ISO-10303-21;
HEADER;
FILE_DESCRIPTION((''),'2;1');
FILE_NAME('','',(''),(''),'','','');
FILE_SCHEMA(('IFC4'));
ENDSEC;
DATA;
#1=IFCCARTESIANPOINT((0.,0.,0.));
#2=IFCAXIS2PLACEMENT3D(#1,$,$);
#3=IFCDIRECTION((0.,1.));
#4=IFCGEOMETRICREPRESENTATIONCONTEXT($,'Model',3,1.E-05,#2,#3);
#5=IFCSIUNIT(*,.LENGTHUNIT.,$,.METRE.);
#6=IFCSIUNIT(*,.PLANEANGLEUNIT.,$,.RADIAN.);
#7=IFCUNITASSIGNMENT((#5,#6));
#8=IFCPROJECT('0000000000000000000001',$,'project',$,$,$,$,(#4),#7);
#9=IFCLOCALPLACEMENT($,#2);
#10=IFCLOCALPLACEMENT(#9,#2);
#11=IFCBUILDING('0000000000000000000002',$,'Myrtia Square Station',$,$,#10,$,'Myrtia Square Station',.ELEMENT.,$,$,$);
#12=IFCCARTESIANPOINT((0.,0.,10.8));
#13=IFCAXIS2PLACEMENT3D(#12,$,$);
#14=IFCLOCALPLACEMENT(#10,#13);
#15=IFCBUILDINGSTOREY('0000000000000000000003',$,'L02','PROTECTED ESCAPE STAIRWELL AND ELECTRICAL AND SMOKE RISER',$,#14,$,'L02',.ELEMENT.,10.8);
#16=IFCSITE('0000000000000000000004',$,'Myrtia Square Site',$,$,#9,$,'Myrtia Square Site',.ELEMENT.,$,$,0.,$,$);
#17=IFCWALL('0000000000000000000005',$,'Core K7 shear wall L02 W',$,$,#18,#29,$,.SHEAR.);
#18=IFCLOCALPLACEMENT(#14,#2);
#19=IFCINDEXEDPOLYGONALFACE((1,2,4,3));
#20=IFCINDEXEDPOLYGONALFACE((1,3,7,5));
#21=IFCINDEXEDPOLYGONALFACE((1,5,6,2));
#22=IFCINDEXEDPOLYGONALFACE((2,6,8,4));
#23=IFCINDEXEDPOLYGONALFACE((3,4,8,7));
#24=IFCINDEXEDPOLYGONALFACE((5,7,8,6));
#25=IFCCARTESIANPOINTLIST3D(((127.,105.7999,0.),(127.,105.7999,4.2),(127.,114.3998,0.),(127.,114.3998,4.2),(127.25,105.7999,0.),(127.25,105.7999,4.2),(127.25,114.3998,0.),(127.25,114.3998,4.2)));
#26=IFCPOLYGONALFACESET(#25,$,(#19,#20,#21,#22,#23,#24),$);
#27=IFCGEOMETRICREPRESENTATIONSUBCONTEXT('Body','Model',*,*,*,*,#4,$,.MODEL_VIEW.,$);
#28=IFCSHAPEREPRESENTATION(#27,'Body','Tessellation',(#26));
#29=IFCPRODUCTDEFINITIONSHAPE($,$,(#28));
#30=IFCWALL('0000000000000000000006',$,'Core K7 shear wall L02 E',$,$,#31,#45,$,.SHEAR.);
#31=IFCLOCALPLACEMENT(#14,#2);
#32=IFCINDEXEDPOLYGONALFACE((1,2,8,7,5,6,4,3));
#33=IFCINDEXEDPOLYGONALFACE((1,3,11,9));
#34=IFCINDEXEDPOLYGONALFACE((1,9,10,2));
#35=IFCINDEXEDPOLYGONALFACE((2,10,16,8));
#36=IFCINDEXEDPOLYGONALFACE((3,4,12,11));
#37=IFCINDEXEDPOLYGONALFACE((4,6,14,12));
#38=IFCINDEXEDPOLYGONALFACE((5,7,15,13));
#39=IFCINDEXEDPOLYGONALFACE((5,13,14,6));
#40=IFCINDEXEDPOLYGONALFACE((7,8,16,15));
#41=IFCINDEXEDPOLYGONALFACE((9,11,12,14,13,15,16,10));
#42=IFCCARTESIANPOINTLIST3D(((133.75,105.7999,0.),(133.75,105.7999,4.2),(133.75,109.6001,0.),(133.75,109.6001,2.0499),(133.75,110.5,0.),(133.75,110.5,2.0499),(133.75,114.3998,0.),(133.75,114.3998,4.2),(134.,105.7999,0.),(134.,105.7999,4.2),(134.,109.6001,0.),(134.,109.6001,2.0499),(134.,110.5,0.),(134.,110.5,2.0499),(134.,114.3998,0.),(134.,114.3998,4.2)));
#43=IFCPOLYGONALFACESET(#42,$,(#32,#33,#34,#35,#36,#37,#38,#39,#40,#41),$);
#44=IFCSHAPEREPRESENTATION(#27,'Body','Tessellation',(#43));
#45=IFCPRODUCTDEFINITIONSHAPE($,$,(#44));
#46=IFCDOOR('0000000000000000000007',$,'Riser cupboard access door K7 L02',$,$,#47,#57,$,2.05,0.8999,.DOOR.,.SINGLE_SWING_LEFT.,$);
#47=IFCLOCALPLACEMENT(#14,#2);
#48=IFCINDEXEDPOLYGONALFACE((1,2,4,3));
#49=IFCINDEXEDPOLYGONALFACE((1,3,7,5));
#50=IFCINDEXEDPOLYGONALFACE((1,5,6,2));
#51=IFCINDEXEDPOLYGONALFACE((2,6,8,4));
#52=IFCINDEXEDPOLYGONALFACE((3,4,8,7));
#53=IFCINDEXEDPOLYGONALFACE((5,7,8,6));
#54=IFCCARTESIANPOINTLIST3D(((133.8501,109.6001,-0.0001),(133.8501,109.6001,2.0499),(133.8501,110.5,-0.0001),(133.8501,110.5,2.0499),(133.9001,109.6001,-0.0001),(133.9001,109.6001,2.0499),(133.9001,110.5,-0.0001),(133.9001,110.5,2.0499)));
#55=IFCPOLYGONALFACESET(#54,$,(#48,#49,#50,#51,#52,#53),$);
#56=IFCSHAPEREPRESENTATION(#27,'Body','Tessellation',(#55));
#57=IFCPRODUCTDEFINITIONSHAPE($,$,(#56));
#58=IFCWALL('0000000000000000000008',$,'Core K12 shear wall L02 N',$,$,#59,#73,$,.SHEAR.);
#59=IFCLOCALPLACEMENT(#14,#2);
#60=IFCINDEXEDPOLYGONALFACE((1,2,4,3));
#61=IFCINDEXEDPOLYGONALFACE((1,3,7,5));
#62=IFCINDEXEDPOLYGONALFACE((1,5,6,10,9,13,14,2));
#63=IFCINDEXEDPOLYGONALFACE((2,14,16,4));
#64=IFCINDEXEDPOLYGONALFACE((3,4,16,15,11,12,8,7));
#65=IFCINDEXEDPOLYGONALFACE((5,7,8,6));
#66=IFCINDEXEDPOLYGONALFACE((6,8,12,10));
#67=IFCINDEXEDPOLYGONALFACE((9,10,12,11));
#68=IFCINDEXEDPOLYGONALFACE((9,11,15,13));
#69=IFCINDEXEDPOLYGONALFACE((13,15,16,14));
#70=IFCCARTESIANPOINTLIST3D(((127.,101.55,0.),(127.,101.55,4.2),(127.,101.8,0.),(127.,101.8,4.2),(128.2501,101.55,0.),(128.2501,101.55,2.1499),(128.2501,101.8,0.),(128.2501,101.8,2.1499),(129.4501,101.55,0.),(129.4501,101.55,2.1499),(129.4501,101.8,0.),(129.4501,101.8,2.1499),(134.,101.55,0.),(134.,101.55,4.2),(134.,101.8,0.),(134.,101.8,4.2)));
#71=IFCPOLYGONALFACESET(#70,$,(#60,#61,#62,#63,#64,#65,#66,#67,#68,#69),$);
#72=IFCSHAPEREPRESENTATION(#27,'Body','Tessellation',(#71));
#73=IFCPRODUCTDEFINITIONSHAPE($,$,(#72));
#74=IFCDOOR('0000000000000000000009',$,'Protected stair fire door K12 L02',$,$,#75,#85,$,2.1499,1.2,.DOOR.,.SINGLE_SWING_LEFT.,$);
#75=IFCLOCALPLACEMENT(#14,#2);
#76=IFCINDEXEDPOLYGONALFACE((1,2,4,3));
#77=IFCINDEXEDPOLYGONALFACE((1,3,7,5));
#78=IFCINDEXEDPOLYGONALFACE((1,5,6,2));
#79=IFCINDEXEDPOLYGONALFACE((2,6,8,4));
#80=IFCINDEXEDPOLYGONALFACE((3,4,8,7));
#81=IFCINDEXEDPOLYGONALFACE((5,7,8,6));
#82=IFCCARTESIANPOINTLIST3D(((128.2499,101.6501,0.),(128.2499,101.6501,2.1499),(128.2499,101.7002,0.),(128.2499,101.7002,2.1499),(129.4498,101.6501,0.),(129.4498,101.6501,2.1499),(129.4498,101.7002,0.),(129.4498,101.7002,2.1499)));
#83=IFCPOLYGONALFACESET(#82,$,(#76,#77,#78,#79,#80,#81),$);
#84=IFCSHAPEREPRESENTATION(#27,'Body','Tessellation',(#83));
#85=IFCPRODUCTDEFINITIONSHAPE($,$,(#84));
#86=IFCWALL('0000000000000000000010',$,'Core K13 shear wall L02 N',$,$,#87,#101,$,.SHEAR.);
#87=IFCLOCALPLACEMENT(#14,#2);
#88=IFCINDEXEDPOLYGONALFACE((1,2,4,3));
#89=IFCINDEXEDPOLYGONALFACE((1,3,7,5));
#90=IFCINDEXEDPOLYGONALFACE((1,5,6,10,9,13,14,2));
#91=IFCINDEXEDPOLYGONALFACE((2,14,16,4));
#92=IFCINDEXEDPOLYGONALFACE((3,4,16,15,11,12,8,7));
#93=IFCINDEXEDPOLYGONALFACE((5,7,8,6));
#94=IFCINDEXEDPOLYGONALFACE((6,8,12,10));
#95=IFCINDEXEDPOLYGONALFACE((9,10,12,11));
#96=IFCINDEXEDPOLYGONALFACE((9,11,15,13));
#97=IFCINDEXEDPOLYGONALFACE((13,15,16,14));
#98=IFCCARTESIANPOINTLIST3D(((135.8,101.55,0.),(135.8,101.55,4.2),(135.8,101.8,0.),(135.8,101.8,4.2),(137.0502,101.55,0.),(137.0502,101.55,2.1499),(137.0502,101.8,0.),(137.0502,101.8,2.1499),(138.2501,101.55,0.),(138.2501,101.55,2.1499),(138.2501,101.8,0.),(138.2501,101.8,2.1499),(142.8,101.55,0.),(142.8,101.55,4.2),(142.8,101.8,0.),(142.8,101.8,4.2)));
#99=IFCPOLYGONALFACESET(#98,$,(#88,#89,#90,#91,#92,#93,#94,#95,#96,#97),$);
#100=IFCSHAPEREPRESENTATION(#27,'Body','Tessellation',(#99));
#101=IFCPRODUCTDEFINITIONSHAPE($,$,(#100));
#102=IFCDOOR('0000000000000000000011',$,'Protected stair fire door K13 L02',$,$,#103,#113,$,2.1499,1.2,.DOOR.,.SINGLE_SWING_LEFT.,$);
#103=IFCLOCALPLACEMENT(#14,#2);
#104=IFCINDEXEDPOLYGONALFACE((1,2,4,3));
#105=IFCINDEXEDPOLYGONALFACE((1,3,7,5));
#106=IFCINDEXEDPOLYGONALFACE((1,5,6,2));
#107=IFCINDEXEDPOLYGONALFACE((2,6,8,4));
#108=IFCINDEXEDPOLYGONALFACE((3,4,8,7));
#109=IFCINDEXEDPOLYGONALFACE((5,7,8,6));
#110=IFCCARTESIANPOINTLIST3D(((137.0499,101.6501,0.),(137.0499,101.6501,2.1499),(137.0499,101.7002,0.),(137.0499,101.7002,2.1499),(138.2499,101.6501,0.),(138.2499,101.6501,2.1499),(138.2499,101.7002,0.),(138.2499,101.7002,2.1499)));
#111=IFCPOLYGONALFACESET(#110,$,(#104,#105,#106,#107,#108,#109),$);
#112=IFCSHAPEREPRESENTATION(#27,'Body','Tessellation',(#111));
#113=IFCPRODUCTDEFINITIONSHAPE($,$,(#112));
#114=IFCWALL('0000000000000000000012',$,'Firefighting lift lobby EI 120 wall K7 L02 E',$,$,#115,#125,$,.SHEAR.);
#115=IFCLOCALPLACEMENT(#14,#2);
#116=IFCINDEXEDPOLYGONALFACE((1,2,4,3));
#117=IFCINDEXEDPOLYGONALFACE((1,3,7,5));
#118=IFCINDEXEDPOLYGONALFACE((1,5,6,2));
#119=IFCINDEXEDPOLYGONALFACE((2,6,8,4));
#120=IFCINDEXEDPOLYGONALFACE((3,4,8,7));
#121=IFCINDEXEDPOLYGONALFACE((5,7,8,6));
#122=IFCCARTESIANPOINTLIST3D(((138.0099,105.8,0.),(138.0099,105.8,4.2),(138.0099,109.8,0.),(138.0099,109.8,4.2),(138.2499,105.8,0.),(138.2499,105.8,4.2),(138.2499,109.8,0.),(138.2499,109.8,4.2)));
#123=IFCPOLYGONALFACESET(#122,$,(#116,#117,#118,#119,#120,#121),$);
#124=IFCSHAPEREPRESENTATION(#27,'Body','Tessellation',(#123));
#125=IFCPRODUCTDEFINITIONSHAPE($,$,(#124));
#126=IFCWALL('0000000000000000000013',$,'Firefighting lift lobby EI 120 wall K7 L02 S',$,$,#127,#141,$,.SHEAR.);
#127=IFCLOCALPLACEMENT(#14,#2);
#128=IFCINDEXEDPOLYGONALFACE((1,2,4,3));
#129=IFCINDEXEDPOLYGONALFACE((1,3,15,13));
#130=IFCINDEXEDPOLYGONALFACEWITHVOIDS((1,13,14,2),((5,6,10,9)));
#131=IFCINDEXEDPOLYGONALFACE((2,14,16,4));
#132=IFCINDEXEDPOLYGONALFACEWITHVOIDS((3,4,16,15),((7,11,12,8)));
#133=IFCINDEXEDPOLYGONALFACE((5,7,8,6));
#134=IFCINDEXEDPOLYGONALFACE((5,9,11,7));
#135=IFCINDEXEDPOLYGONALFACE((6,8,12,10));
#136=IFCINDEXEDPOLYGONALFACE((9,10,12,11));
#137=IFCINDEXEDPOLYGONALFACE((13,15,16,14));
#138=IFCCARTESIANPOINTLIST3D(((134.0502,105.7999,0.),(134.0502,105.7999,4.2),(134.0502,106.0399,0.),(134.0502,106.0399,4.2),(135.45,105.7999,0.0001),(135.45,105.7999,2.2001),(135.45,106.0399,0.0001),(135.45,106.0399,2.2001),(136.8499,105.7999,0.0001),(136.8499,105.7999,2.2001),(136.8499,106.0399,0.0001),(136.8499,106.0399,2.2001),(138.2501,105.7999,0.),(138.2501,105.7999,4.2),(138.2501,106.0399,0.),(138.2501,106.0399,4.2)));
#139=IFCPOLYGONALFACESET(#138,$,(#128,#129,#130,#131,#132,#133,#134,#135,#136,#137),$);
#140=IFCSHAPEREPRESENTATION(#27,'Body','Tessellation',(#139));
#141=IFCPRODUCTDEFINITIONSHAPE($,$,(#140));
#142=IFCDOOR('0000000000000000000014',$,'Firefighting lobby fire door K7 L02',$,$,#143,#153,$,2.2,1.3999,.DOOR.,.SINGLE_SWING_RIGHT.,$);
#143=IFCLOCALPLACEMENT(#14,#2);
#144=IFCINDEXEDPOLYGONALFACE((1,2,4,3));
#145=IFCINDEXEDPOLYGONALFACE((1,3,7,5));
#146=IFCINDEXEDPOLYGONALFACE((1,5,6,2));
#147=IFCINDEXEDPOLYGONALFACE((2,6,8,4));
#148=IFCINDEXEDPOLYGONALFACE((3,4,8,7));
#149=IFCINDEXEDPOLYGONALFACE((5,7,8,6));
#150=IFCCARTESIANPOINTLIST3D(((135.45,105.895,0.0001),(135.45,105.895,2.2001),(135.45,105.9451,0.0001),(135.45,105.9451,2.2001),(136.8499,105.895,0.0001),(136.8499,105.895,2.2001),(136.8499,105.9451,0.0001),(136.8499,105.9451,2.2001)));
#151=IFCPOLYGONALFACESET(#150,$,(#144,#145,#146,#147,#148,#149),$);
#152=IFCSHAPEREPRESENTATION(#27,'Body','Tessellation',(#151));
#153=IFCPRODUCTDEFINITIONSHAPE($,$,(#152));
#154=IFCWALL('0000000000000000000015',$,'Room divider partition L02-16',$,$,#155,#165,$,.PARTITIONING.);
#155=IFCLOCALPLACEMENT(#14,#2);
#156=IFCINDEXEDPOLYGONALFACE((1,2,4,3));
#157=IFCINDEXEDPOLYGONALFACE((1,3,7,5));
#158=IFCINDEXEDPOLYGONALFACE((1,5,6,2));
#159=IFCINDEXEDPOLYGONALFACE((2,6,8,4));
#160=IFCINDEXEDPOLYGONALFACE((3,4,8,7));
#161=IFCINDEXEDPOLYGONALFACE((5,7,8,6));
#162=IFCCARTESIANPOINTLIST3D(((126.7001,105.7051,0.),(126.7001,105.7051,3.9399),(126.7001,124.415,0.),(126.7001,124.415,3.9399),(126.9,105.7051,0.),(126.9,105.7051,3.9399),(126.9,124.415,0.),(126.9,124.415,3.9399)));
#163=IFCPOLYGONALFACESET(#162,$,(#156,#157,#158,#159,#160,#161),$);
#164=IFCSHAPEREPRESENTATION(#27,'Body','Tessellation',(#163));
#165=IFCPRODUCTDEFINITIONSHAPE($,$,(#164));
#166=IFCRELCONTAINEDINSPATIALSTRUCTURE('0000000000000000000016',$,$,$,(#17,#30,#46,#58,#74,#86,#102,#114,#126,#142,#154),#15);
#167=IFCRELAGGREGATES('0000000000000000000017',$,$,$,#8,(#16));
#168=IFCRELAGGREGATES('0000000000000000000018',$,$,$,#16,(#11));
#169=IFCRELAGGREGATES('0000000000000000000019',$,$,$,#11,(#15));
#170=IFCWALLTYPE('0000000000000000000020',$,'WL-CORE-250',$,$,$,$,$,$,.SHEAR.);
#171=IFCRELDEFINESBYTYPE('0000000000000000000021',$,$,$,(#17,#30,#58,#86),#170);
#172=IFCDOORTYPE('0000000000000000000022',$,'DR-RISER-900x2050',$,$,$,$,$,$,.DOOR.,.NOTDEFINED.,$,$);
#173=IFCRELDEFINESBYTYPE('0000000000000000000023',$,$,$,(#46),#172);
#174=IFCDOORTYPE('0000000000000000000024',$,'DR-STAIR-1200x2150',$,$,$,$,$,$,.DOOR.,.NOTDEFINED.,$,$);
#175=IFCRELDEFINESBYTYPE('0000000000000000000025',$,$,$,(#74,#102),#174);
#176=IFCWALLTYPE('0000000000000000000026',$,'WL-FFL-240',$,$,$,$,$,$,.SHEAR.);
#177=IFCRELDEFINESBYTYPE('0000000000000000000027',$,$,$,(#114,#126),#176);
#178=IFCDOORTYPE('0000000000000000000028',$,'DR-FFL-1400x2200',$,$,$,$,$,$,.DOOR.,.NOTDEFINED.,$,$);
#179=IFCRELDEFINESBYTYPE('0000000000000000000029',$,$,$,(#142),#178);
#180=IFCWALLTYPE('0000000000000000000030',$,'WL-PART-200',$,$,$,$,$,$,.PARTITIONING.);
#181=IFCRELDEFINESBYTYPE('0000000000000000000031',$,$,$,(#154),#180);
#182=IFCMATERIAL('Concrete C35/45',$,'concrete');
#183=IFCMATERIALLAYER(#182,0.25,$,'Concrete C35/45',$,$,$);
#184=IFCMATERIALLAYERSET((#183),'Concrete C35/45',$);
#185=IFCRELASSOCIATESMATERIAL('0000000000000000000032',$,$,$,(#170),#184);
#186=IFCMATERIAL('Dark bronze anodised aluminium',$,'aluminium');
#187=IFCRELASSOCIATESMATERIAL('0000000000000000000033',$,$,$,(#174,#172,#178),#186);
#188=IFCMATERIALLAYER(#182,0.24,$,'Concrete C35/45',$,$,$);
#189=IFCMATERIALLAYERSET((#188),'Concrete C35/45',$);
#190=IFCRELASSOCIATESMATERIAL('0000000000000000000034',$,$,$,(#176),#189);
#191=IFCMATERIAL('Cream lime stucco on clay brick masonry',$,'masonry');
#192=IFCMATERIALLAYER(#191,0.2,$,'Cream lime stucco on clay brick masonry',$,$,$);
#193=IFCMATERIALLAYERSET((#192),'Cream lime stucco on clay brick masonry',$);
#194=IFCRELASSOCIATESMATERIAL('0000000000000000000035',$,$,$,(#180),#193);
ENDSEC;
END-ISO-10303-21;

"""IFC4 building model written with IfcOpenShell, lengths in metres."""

from ifc_helpers import new_model, si_unit, direction, frame, frame_2d, origin, place, context, subcontext, project, spatial, rectangle, extrude, material, layer, layer_set, type_object, element, fill, save


model = new_model("IFC4")

# Units and contexts
model_context = context("Model", 3, precision=1e-05, world=origin(), true_north=direction((0.0, 1.0)))
body_context = subcontext(model_context, "Body", "Model", "MODEL_VIEW")
ifc_project = project(units=[si_unit("LENGTHUNIT", "METRE"), si_unit("PLANEANGLEUNIT", "RADIAN")], contexts=[model_context])

# Site, building, storey
site_placement = place(None, origin())
site = spatial("IfcSite", under=ifc_project, at=site_placement, Name="Myrtia Square Site", LongName="Myrtia Square Site", CompositionType="ELEMENT", RefElevation=0.0)
building_placement = place(site_placement, origin())
building = spatial("IfcBuilding", under=site, at=building_placement, Name="Myrtia Square Station", LongName="Myrtia Square Station", CompositionType="ELEMENT")
storey_placement = place(building_placement, frame((0.0, 0.0, 10.8)))
storey = spatial("IfcBuildingStorey", under=building, at=storey_placement, Name="L02", Description="PROTECTED ESCAPE STAIRWELL AND ELECTRICAL AND SMOKE RISER", LongName="L02", CompositionType="ELEMENT", Elevation=10.8)

# Shared definitions
ifc_material_1 = material(Name="Concrete C35/45", Category="concrete")
ifc_layer_1 = layer(ifc_material_1, 0.25, Name="Concrete C35/45")
ifc_layer_set_1 = layer_set([ifc_layer_1], Name="Concrete C35/45")
wall_type_1 = type_object("IfcWallType", Name="WL-CORE-250", PredefinedType="SHEAR", material=ifc_layer_set_1)
ifc_material_2 = material(Name="Dark bronze anodised aluminium", Category="aluminium")
door_type_1 = type_object("IfcDoorType", Name="DR-STAIR-1200x2150", OperationType="NOTDEFINED", PredefinedType="DOOR", material=ifc_material_2)

# Wall
wall_1_placement = place(storey_placement, frame((127.125, 105.8, 0.0), z_axis=(0.0, 0.0, 1.0), x_axis=(0.0, 1.0, 0.0)))
element("IfcWall", 1, at=wall_1_placement, inside=storey, type_object=wall_type_1, Name="Core K7 shear wall L02 W", PredefinedType="SHEAR", context=body_context, shape_type="SweptSolid", body=[
    extrude(rectangle(XDim=8.5999, YDim=0.25, at=frame_2d((4.2998, 0.0))), origin(), (0.0, 0.0, 1.0), 4.2),
])

# Walls, openings, doors
wall_2_placement = place(storey_placement, frame((133.875, 105.8, 0.0), z_axis=(0.0, 0.0, 1.0), x_axis=(0.0, 1.0, 0.0)))
wall_2 = element("IfcWall", 2, at=wall_2_placement, inside=storey, type_object=wall_type_1, Name="Core K7 shear wall L02 E", PredefinedType="SHEAR", context=body_context, shape_type="SweptSolid", body=[
    extrude(rectangle(XDim=8.5999, YDim=0.25, at=frame_2d((4.2998, 0.0))), origin(), (0.0, 0.0, 1.0), 4.2),
])
opening_1_placement = place(wall_2_placement, frame((3.8, 0.0, 0.0)))
opening_1 = element("IfcOpeningElement", 3, at=opening_1_placement, cuts=wall_2, PredefinedType="OPENING", context=body_context, shape_type="SweptSolid", body=[
    extrude(rectangle(XDim=0.8999, YDim=2.05, at=frame_2d((0.45, 1.0249))), frame((0.0, 0.1399, 0.0), z_axis=(0.0, -1.0, 0.0), x_axis=(1.0, 0.0, 0.0)), (0.0, 0.0, 1.0), 0.28),
])
door_type_2 = type_object("IfcDoorType", Name="DR-RISER-900x2050", OperationType="NOTDEFINED", PredefinedType="DOOR", material=ifc_material_2)
door_1_placement = place(opening_1_placement, origin())
door_1 = element("IfcDoor", 4, at=door_1_placement, inside=storey, type_object=door_type_2, Name="Riser cupboard access door K7 L02", OperationType="SINGLE_SWING_LEFT", OverallHeight=2.05, OverallWidth=0.8999, PredefinedType="DOOR", context=body_context, shape_type="SweptSolid", body=[
    extrude(rectangle(XDim=0.8999, YDim=2.05, at=frame_2d((0.45, 1.0249))), frame((0.0, 0.0249, 0.0), z_axis=(0.0, -1.0, 0.0), x_axis=(1.0, 0.0, 0.0)), (0.0, 0.0, 1.0), 0.05),
])
fill(opening_1, door_1)
wall_3_placement = place(storey_placement, frame((127.0, 101.675, 0.0), z_axis=(0.0, 0.0, 1.0), x_axis=(1.0, 0.0, 0.0)))
wall_3 = element("IfcWall", 5, at=wall_3_placement, inside=storey, type_object=wall_type_1, Name="Core K12 shear wall L02 N", PredefinedType="SHEAR", context=body_context, shape_type="SweptSolid", body=[
    extrude(rectangle(XDim=7.0, YDim=0.25, at=frame_2d((3.5, 0.0))), origin(), (0.0, 0.0, 1.0), 4.2),
])
opening_2_placement = place(wall_3_placement, frame((1.25, 0.0, 0.0)))
opening_2 = element("IfcOpeningElement", 6, at=opening_2_placement, cuts=wall_3, PredefinedType="OPENING", context=body_context, shape_type="SweptSolid", body=[
    extrude(rectangle(XDim=1.2, YDim=2.1499, at=frame_2d((0.6001, 1.075))), frame((0.0, 0.1399, 0.0), z_axis=(0.0, -1.0, 0.0), x_axis=(1.0, 0.0, 0.0)), (0.0, 0.0, 1.0), 0.28),
])
door_2_placement = place(opening_2_placement, frame((1.2, 0.0, 0.0), z_axis=(0.0, 0.0, 1.0), x_axis=(-1.0, 0.0, 0.0)))
door_2 = element("IfcDoor", 7, at=door_2_placement, inside=storey, type_object=door_type_1, Name="Protected stair fire door K12 L02", OperationType="SINGLE_SWING_LEFT", OverallHeight=2.1499, OverallWidth=1.2, PredefinedType="DOOR", context=body_context, shape_type="SweptSolid", body=[
    extrude(rectangle(XDim=1.2, YDim=2.1499, at=frame_2d((0.6001, 1.075))), frame((0.0, 0.0249, 0.0), z_axis=(0.0, -1.0, 0.0), x_axis=(1.0, 0.0, 0.0)), (0.0, 0.0, 1.0), 0.05),
])
fill(opening_2, door_2)
wall_4_placement = place(storey_placement, frame((135.8, 101.675, 0.0), z_axis=(0.0, 0.0, 1.0), x_axis=(1.0, 0.0, 0.0)))
wall_4 = element("IfcWall", 8, at=wall_4_placement, inside=storey, type_object=wall_type_1, Name="Core K13 shear wall L02 N", PredefinedType="SHEAR", context=body_context, shape_type="SweptSolid", body=[
    extrude(rectangle(XDim=7.0, YDim=0.25, at=frame_2d((3.5, 0.0))), origin(), (0.0, 0.0, 1.0), 4.2),
])
opening_3_placement = place(wall_4_placement, frame((1.25, 0.0, 0.0)))
opening_3 = element("IfcOpeningElement", 9, at=opening_3_placement, cuts=wall_4, PredefinedType="OPENING", context=body_context, shape_type="SweptSolid", body=[
    extrude(rectangle(XDim=1.2, YDim=2.1499, at=frame_2d((0.6001, 1.075))), frame((0.0, 0.1399, 0.0), z_axis=(0.0, -1.0, 0.0), x_axis=(1.0, 0.0, 0.0)), (0.0, 0.0, 1.0), 0.28),
])
door_3_placement = place(opening_3_placement, frame((1.2, 0.0, 0.0), z_axis=(0.0, 0.0, 1.0), x_axis=(-1.0, 0.0, 0.0)))
door_3 = element("IfcDoor", 10, at=door_3_placement, inside=storey, type_object=door_type_1, Name="Protected stair fire door K13 L02", OperationType="SINGLE_SWING_LEFT", OverallHeight=2.1499, OverallWidth=1.2, PredefinedType="DOOR", context=body_context, shape_type="SweptSolid", body=[
    extrude(rectangle(XDim=1.2, YDim=2.1499, at=frame_2d((0.6001, 1.075))), frame((0.0, 0.0249, 0.0), z_axis=(0.0, -1.0, 0.0), x_axis=(1.0, 0.0, 0.0)), (0.0, 0.0, 1.0), 0.05),
])
fill(opening_3, door_3)

# Wall
ifc_layer_2 = layer(ifc_material_1, 0.24, Name="Concrete C35/45")
ifc_layer_set_2 = layer_set([ifc_layer_2], Name="Concrete C35/45")
wall_type_2 = type_object("IfcWallType", Name="WL-FFL-240", PredefinedType="SHEAR", material=ifc_layer_set_2)
wall_5_placement = place(storey_placement, frame((138.1299, 105.8, 0.0), z_axis=(0.0, 0.0, 1.0), x_axis=(0.0, 1.0, 0.0)))
element("IfcWall", 11, at=wall_5_placement, inside=storey, type_object=wall_type_2, Name="Firefighting lift lobby EI 120 wall K7 L02 E", PredefinedType="SHEAR", context=body_context, shape_type="SweptSolid", body=[
    extrude(rectangle(XDim=4.0, YDim=0.24, at=frame_2d((2.0, 0.0))), origin(), (0.0, 0.0, 1.0), 4.2),
])

# Wall, opening, door
wall_6_placement = place(storey_placement, frame((134.05, 105.9199, 0.0), z_axis=(0.0, 0.0, 1.0), x_axis=(1.0, 0.0, 0.0)))
wall_6 = element("IfcWall", 12, at=wall_6_placement, inside=storey, type_object=wall_type_2, Name="Firefighting lift lobby EI 120 wall K7 L02 S", PredefinedType="SHEAR", context=body_context, shape_type="SweptSolid", body=[
    extrude(rectangle(XDim=4.2, YDim=0.24, at=frame_2d((2.1001, 0.0))), origin(), (0.0, 0.0, 1.0), 4.2),
])
opening_4_placement = place(wall_6_placement, frame((1.3999, 0.0, 0.0)))
opening_4 = element("IfcOpeningElement", 13, at=opening_4_placement, cuts=wall_6, PredefinedType="OPENING", context=body_context, shape_type="SweptSolid", body=[
    extrude(rectangle(XDim=1.3999, YDim=2.2, at=frame_2d((0.7, 1.1001))), frame((0.0, 0.135, 0.0), z_axis=(0.0, -1.0, 0.0), x_axis=(1.0, 0.0, 0.0)), (0.0, 0.0, 1.0), 0.27),
])
door_type_3 = type_object("IfcDoorType", Name="DR-FFL-1400x2200", OperationType="NOTDEFINED", PredefinedType="DOOR", material=ifc_material_2)
door_4_placement = place(opening_4_placement, frame((1.3999, 0.0, 0.0), z_axis=(0.0, 0.0, 1.0), x_axis=(-1.0, 0.0, 0.0)))
door_4 = element("IfcDoor", 14, at=door_4_placement, inside=storey, type_object=door_type_3, Name="Firefighting lobby fire door K7 L02", OperationType="SINGLE_SWING_RIGHT", OverallHeight=2.2, OverallWidth=1.3999, PredefinedType="DOOR", context=body_context, shape_type="SweptSolid", body=[
    extrude(rectangle(XDim=1.3999, YDim=2.2, at=frame_2d((0.7, 1.1001))), frame((0.0, 0.0249, 0.0), z_axis=(0.0, -1.0, 0.0), x_axis=(1.0, 0.0, 0.0)), (0.0, 0.0, 1.0), 0.05),
])
fill(opening_4, door_4)

# Wall
ifc_material_3 = material(Name="Cream lime stucco on clay brick masonry", Category="masonry")
ifc_layer_3 = layer(ifc_material_3, 0.2, Name="Cream lime stucco on clay brick masonry")
ifc_layer_set_3 = layer_set([ifc_layer_3], Name="Cream lime stucco on clay brick masonry")
wall_type_3 = type_object("IfcWallType", Name="WL-PART-200", PredefinedType="PARTITIONING", material=ifc_layer_set_3)
wall_7_placement = place(storey_placement, frame((126.8, 105.7051, 0.0), z_axis=(0.0, 0.0, 1.0), x_axis=(0.0, 1.0, 0.0)))
element("IfcWall", 15, at=wall_7_placement, inside=storey, type_object=wall_type_3, Name="Room divider partition L02-16", PredefinedType="PARTITIONING", context=body_context, shape_type="SweptSolid", body=[
    extrude(rectangle(XDim=18.71, YDim=0.2, at=frame_2d((9.355, 0.0))), origin(), (0.0, 0.0, 1.0), 3.9399),
])

save(model, "model.ifc")
